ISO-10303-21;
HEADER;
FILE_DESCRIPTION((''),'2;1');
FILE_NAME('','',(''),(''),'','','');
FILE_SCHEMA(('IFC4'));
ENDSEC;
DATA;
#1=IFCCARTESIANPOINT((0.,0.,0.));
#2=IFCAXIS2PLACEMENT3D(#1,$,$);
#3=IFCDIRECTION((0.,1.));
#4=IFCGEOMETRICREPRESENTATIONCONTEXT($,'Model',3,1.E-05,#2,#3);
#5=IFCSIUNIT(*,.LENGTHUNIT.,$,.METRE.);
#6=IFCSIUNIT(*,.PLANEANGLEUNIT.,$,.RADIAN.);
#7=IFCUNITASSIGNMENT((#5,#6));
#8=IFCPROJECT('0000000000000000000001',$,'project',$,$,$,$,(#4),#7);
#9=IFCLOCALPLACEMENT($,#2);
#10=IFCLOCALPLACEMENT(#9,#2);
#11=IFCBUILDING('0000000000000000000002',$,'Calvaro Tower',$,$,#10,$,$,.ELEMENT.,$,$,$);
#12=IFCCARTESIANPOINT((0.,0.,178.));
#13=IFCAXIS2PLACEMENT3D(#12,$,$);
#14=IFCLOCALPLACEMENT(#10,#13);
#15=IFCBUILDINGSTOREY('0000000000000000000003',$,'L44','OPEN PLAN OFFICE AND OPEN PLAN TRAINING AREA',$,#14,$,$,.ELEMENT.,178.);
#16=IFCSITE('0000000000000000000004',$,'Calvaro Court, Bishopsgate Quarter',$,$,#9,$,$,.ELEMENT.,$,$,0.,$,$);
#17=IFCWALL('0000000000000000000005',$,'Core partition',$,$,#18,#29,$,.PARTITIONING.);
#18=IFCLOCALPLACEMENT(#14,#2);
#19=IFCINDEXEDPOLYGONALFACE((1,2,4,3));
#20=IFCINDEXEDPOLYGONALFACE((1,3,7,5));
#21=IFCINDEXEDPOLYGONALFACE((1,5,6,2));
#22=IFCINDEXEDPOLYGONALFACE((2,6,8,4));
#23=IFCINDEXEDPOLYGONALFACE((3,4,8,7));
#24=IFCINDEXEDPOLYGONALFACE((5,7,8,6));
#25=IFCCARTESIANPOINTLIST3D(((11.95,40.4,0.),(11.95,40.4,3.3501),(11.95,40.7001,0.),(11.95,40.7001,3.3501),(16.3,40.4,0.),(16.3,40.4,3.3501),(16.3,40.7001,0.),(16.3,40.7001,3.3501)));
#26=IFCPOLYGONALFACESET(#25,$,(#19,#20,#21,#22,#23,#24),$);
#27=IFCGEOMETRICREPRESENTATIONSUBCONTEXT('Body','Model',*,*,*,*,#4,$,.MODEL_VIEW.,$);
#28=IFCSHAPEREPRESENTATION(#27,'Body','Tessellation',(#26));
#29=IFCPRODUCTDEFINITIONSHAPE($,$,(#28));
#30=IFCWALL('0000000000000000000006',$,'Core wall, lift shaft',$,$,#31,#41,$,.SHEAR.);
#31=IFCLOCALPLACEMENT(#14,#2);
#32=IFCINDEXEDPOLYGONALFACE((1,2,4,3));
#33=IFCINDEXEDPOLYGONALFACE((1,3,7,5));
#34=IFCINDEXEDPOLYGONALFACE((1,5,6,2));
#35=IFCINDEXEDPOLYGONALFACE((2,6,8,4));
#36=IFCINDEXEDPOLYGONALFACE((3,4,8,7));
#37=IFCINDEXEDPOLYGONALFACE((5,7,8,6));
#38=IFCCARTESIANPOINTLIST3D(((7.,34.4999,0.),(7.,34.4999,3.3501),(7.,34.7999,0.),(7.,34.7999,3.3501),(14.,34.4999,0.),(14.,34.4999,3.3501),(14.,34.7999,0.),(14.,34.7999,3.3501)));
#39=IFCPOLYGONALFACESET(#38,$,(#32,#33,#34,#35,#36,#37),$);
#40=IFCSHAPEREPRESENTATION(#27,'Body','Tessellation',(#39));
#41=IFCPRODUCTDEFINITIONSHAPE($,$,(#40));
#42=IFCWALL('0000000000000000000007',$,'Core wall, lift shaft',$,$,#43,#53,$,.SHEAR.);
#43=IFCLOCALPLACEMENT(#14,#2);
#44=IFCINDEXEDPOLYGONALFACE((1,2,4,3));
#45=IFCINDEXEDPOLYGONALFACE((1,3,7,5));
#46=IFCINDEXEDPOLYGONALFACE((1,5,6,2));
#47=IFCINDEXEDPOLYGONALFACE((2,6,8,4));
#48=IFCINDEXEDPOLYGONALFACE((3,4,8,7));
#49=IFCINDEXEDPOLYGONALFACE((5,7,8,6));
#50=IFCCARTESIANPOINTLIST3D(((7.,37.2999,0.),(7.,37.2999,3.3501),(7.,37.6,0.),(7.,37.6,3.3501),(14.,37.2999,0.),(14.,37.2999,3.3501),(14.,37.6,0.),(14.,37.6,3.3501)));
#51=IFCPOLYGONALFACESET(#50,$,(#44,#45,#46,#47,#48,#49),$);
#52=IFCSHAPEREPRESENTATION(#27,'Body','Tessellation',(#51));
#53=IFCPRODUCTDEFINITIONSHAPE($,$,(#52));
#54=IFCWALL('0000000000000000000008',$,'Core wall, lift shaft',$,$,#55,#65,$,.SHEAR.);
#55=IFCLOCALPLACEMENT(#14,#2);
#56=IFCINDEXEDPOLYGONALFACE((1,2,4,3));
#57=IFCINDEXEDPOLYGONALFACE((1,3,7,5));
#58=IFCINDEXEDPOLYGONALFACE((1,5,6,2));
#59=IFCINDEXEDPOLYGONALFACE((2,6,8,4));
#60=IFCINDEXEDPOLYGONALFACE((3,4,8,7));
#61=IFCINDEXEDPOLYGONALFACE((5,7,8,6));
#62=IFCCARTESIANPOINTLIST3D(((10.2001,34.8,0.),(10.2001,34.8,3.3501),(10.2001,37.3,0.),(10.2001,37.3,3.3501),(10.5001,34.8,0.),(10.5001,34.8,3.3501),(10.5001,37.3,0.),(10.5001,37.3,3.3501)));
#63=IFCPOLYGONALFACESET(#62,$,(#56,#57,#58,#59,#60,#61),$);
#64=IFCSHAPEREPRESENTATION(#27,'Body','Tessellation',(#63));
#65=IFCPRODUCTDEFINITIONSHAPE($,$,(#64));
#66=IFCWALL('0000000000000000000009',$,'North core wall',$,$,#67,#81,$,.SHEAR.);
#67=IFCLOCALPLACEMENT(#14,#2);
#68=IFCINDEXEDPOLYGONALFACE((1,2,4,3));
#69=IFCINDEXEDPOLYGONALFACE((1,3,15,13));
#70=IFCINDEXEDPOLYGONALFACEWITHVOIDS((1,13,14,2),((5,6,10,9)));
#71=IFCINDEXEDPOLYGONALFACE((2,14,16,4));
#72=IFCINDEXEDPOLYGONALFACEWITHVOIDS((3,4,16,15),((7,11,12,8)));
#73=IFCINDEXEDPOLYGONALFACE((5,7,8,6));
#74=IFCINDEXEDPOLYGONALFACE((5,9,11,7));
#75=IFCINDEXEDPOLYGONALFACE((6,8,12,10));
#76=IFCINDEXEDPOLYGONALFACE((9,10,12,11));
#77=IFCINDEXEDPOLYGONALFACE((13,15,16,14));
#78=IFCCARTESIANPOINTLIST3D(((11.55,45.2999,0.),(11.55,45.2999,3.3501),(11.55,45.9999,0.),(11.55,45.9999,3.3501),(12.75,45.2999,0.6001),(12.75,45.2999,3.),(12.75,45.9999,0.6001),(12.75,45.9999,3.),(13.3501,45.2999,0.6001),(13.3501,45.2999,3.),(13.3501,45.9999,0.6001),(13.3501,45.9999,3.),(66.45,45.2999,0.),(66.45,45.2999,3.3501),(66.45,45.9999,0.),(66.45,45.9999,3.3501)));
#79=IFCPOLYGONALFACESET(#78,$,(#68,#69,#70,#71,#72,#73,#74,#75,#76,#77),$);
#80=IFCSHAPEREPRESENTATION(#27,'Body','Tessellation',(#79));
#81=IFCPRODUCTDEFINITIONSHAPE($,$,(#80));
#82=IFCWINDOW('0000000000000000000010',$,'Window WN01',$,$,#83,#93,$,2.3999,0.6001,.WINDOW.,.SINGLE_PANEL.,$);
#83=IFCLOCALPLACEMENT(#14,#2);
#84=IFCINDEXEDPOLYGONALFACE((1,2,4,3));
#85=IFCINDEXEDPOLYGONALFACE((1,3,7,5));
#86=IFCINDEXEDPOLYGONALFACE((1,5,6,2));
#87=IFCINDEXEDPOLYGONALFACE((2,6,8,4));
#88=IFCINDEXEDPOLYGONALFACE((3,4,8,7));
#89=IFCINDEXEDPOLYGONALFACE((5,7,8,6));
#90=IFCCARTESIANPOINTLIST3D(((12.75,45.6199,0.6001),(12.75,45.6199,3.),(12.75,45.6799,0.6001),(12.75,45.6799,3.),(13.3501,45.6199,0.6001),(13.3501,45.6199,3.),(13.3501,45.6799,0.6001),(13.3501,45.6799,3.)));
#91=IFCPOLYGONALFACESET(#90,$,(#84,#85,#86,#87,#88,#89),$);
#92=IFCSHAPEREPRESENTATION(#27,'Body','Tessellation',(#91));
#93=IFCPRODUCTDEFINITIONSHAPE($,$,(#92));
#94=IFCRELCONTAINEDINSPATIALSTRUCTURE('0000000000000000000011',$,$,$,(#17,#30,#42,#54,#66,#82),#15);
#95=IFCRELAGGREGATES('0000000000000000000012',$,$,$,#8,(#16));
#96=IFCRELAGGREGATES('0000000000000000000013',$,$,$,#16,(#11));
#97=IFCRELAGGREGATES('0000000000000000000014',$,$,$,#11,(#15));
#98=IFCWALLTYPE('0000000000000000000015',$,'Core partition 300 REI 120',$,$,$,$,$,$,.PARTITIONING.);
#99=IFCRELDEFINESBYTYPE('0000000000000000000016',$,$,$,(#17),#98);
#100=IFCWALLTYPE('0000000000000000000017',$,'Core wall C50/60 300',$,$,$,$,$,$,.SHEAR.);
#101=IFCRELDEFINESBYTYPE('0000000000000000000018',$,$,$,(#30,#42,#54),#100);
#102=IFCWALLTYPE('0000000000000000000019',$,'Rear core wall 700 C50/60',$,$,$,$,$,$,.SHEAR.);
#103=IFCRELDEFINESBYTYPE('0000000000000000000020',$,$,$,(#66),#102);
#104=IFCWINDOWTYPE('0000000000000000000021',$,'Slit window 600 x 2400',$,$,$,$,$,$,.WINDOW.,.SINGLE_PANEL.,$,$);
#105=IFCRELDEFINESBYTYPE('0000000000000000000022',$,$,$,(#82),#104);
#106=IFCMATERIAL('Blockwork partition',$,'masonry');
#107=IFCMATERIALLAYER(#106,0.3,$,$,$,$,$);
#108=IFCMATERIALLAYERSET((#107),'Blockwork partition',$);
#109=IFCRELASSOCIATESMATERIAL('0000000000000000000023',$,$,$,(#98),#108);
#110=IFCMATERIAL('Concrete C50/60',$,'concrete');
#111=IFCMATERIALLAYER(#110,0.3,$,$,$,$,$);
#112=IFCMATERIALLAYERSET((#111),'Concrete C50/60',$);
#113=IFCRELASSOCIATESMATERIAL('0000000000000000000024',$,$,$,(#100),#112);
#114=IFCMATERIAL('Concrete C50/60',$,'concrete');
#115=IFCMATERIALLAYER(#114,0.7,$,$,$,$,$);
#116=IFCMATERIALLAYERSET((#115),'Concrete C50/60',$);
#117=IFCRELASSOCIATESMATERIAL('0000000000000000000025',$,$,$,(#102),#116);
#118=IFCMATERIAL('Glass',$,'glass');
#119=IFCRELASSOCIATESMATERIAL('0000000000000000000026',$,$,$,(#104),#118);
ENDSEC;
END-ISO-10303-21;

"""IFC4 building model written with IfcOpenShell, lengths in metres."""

from ifc_helpers import new_model, si_unit, direction, frame, frame_2d, origin, place, context, subcontext, project, spatial, rectangle, extrude, material, layer, layer_set, type_object, element, fill, save


model = new_model("IFC4")

# Units and contexts
model_context = context("Model", 3, precision=1e-05, world=origin(), true_north=direction((0.0, 1.0)))
body_context = subcontext(model_context, "Body", "Model", "MODEL_VIEW")
ifc_project = project(units=[si_unit("LENGTHUNIT", "METRE"), si_unit("PLANEANGLEUNIT", "RADIAN")], contexts=[model_context])

# Site, building, storey
site_placement = place(None, origin())
site = spatial("IfcSite", under=ifc_project, at=site_placement, Name="Calvaro Court, Bishopsgate Quarter", CompositionType="ELEMENT", RefElevation=0.0)
building_placement = place(site_placement, origin())
building = spatial("IfcBuilding", under=site, at=building_placement, Name="Calvaro Tower", CompositionType="ELEMENT")
storey_placement = place(building_placement, frame((0.0, 0.0, 178.0)))
storey = spatial("IfcBuildingStorey", under=building, at=storey_placement, Name="L44", Description="OPEN PLAN OFFICE AND OPEN PLAN TRAINING AREA", CompositionType="ELEMENT", Elevation=178.0)

# Walls
ifc_material_1 = material(Name="Blockwork partition", Category="masonry")
ifc_layer_1 = layer(ifc_material_1, 0.3)
ifc_layer_set_1 = layer_set([ifc_layer_1], Name="Blockwork partition")
wall_type_1 = type_object("IfcWallType", Name="Core partition 300 REI 120", PredefinedType="PARTITIONING", material=ifc_layer_set_1)
wall_1_placement = place(storey_placement, frame((11.95, 40.55, 0.0), z_axis=(0.0, 0.0, 1.0), x_axis=(1.0, 0.0, 0.0)))
element("IfcWall", 1, at=wall_1_placement, inside=storey, type_object=wall_type_1, Name="Core partition", PredefinedType="PARTITIONING", context=body_context, shape_type="SweptSolid", body=[
    extrude(rectangle(XDim=4.3501, YDim=0.3, at=frame_2d((2.175, 0.0))), origin(), (0.0, 0.0, 1.0), 3.3501),
])
ifc_material_2 = material(Name="Concrete C50/60", Category="concrete")
ifc_layer_2 = layer(ifc_material_2, 0.3)
ifc_layer_set_2 = layer_set([ifc_layer_2], Name="Concrete C50/60")
wall_type_2 = type_object("IfcWallType", Name="Core wall C50/60 300", PredefinedType="SHEAR", material=ifc_layer_set_2)
for number, where, z_axis, x_axis, name in (
    (2, (7.0, 34.6499, 0.0), (0.0, 0.0, 1.0), (1.0, 0.0, 0.0), "Core wall, lift shaft"),
    (3, (7.0, 37.45, 0.0), (0.0, 0.0, 1.0), (1.0, 0.0, 0.0), "Core wall, lift shaft"),
):
    element("IfcWall", number, at=place(storey_placement, frame(where, z_axis=z_axis, x_axis=x_axis)), inside=storey, type_object=wall_type_2, Name=name, PredefinedType="SHEAR", context=body_context, shape_type="SweptSolid", body=[
        extrude(rectangle(XDim=7.0, YDim=0.3, at=frame_2d((3.5, 0.0))), origin(), (0.0, 0.0, 1.0), 3.3501),
    ])
wall_2_placement = place(storey_placement, frame((10.3501, 34.8, 0.0), z_axis=(0.0, 0.0, 1.0), x_axis=(0.0, 1.0, 0.0)))
element("IfcWall", 4, at=wall_2_placement, inside=storey, type_object=wall_type_2, Name="Core wall, lift shaft", PredefinedType="SHEAR", context=body_context, shape_type="SweptSolid", body=[
    extrude(rectangle(XDim=2.5, YDim=0.3, at=frame_2d((1.25, 0.0))), origin(), (0.0, 0.0, 1.0), 3.3501),
])

# Wall, opening, window
ifc_material_3 = material(Name="Concrete C50/60", Category="concrete")
ifc_layer_3 = layer(ifc_material_3, 0.7)
ifc_layer_set_3 = layer_set([ifc_layer_3], Name="Concrete C50/60")
wall_type_3 = type_object("IfcWallType", Name="Rear core wall 700 C50/60", PredefinedType="SHEAR", material=ifc_layer_set_3)
wall_3_placement = place(storey_placement, frame((11.55, 45.6499, 0.0), z_axis=(0.0, 0.0, 1.0), x_axis=(1.0, 0.0, 0.0)))
wall_3 = element("IfcWall", 5, at=wall_3_placement, inside=storey, type_object=wall_type_3, Name="North core wall", PredefinedType="SHEAR", context=body_context, shape_type="SweptSolid", body=[
    extrude(rectangle(XDim=54.8999, YDim=0.7, at=frame_2d((27.45, 0.0))), origin(), (0.0, 0.0, 1.0), 3.3501),
])
opening_1_placement = place(wall_3_placement, frame((1.2, 0.0, 0.6001)))
opening_1 = element("IfcOpeningElement", 6, at=opening_1_placement, cuts=wall_3, PredefinedType="OPENING", context=body_context, shape_type="SweptSolid", body=[
    extrude(rectangle(XDim=0.6001, YDim=2.3999, at=frame_2d((0.3, 1.2))), frame((0.0, 0.3599, 0.0), z_axis=(0.0, -1.0, 0.0), x_axis=(1.0, 0.0, 0.0)), (0.0, 0.0, 1.0), 0.72),
])
ifc_material_4 = material(Name="Glass", Category="glass")
window_type = type_object("IfcWindowType", Name="Slit window 600 x 2400", PartitioningType="SINGLE_PANEL", PredefinedType="WINDOW", material=ifc_material_4)
window_placement = place(opening_1_placement, origin())
window = element("IfcWindow", 7, at=window_placement, inside=storey, type_object=window_type, Name="Window WN01", OverallHeight=2.3999, OverallWidth=0.6001, PartitioningType="SINGLE_PANEL", PredefinedType="WINDOW", context=body_context, shape_type="SweptSolid", body=[
    extrude(rectangle(XDim=0.6001, YDim=2.3999, at=frame_2d((0.3, 1.2))), frame((0.0, 0.03, 0.0), z_axis=(0.0, -1.0, 0.0), x_axis=(1.0, 0.0, 0.0)), (0.0, 0.0, 1.0), 0.0601),
])
fill(opening_1, window)

save(model, "model.ifc")
